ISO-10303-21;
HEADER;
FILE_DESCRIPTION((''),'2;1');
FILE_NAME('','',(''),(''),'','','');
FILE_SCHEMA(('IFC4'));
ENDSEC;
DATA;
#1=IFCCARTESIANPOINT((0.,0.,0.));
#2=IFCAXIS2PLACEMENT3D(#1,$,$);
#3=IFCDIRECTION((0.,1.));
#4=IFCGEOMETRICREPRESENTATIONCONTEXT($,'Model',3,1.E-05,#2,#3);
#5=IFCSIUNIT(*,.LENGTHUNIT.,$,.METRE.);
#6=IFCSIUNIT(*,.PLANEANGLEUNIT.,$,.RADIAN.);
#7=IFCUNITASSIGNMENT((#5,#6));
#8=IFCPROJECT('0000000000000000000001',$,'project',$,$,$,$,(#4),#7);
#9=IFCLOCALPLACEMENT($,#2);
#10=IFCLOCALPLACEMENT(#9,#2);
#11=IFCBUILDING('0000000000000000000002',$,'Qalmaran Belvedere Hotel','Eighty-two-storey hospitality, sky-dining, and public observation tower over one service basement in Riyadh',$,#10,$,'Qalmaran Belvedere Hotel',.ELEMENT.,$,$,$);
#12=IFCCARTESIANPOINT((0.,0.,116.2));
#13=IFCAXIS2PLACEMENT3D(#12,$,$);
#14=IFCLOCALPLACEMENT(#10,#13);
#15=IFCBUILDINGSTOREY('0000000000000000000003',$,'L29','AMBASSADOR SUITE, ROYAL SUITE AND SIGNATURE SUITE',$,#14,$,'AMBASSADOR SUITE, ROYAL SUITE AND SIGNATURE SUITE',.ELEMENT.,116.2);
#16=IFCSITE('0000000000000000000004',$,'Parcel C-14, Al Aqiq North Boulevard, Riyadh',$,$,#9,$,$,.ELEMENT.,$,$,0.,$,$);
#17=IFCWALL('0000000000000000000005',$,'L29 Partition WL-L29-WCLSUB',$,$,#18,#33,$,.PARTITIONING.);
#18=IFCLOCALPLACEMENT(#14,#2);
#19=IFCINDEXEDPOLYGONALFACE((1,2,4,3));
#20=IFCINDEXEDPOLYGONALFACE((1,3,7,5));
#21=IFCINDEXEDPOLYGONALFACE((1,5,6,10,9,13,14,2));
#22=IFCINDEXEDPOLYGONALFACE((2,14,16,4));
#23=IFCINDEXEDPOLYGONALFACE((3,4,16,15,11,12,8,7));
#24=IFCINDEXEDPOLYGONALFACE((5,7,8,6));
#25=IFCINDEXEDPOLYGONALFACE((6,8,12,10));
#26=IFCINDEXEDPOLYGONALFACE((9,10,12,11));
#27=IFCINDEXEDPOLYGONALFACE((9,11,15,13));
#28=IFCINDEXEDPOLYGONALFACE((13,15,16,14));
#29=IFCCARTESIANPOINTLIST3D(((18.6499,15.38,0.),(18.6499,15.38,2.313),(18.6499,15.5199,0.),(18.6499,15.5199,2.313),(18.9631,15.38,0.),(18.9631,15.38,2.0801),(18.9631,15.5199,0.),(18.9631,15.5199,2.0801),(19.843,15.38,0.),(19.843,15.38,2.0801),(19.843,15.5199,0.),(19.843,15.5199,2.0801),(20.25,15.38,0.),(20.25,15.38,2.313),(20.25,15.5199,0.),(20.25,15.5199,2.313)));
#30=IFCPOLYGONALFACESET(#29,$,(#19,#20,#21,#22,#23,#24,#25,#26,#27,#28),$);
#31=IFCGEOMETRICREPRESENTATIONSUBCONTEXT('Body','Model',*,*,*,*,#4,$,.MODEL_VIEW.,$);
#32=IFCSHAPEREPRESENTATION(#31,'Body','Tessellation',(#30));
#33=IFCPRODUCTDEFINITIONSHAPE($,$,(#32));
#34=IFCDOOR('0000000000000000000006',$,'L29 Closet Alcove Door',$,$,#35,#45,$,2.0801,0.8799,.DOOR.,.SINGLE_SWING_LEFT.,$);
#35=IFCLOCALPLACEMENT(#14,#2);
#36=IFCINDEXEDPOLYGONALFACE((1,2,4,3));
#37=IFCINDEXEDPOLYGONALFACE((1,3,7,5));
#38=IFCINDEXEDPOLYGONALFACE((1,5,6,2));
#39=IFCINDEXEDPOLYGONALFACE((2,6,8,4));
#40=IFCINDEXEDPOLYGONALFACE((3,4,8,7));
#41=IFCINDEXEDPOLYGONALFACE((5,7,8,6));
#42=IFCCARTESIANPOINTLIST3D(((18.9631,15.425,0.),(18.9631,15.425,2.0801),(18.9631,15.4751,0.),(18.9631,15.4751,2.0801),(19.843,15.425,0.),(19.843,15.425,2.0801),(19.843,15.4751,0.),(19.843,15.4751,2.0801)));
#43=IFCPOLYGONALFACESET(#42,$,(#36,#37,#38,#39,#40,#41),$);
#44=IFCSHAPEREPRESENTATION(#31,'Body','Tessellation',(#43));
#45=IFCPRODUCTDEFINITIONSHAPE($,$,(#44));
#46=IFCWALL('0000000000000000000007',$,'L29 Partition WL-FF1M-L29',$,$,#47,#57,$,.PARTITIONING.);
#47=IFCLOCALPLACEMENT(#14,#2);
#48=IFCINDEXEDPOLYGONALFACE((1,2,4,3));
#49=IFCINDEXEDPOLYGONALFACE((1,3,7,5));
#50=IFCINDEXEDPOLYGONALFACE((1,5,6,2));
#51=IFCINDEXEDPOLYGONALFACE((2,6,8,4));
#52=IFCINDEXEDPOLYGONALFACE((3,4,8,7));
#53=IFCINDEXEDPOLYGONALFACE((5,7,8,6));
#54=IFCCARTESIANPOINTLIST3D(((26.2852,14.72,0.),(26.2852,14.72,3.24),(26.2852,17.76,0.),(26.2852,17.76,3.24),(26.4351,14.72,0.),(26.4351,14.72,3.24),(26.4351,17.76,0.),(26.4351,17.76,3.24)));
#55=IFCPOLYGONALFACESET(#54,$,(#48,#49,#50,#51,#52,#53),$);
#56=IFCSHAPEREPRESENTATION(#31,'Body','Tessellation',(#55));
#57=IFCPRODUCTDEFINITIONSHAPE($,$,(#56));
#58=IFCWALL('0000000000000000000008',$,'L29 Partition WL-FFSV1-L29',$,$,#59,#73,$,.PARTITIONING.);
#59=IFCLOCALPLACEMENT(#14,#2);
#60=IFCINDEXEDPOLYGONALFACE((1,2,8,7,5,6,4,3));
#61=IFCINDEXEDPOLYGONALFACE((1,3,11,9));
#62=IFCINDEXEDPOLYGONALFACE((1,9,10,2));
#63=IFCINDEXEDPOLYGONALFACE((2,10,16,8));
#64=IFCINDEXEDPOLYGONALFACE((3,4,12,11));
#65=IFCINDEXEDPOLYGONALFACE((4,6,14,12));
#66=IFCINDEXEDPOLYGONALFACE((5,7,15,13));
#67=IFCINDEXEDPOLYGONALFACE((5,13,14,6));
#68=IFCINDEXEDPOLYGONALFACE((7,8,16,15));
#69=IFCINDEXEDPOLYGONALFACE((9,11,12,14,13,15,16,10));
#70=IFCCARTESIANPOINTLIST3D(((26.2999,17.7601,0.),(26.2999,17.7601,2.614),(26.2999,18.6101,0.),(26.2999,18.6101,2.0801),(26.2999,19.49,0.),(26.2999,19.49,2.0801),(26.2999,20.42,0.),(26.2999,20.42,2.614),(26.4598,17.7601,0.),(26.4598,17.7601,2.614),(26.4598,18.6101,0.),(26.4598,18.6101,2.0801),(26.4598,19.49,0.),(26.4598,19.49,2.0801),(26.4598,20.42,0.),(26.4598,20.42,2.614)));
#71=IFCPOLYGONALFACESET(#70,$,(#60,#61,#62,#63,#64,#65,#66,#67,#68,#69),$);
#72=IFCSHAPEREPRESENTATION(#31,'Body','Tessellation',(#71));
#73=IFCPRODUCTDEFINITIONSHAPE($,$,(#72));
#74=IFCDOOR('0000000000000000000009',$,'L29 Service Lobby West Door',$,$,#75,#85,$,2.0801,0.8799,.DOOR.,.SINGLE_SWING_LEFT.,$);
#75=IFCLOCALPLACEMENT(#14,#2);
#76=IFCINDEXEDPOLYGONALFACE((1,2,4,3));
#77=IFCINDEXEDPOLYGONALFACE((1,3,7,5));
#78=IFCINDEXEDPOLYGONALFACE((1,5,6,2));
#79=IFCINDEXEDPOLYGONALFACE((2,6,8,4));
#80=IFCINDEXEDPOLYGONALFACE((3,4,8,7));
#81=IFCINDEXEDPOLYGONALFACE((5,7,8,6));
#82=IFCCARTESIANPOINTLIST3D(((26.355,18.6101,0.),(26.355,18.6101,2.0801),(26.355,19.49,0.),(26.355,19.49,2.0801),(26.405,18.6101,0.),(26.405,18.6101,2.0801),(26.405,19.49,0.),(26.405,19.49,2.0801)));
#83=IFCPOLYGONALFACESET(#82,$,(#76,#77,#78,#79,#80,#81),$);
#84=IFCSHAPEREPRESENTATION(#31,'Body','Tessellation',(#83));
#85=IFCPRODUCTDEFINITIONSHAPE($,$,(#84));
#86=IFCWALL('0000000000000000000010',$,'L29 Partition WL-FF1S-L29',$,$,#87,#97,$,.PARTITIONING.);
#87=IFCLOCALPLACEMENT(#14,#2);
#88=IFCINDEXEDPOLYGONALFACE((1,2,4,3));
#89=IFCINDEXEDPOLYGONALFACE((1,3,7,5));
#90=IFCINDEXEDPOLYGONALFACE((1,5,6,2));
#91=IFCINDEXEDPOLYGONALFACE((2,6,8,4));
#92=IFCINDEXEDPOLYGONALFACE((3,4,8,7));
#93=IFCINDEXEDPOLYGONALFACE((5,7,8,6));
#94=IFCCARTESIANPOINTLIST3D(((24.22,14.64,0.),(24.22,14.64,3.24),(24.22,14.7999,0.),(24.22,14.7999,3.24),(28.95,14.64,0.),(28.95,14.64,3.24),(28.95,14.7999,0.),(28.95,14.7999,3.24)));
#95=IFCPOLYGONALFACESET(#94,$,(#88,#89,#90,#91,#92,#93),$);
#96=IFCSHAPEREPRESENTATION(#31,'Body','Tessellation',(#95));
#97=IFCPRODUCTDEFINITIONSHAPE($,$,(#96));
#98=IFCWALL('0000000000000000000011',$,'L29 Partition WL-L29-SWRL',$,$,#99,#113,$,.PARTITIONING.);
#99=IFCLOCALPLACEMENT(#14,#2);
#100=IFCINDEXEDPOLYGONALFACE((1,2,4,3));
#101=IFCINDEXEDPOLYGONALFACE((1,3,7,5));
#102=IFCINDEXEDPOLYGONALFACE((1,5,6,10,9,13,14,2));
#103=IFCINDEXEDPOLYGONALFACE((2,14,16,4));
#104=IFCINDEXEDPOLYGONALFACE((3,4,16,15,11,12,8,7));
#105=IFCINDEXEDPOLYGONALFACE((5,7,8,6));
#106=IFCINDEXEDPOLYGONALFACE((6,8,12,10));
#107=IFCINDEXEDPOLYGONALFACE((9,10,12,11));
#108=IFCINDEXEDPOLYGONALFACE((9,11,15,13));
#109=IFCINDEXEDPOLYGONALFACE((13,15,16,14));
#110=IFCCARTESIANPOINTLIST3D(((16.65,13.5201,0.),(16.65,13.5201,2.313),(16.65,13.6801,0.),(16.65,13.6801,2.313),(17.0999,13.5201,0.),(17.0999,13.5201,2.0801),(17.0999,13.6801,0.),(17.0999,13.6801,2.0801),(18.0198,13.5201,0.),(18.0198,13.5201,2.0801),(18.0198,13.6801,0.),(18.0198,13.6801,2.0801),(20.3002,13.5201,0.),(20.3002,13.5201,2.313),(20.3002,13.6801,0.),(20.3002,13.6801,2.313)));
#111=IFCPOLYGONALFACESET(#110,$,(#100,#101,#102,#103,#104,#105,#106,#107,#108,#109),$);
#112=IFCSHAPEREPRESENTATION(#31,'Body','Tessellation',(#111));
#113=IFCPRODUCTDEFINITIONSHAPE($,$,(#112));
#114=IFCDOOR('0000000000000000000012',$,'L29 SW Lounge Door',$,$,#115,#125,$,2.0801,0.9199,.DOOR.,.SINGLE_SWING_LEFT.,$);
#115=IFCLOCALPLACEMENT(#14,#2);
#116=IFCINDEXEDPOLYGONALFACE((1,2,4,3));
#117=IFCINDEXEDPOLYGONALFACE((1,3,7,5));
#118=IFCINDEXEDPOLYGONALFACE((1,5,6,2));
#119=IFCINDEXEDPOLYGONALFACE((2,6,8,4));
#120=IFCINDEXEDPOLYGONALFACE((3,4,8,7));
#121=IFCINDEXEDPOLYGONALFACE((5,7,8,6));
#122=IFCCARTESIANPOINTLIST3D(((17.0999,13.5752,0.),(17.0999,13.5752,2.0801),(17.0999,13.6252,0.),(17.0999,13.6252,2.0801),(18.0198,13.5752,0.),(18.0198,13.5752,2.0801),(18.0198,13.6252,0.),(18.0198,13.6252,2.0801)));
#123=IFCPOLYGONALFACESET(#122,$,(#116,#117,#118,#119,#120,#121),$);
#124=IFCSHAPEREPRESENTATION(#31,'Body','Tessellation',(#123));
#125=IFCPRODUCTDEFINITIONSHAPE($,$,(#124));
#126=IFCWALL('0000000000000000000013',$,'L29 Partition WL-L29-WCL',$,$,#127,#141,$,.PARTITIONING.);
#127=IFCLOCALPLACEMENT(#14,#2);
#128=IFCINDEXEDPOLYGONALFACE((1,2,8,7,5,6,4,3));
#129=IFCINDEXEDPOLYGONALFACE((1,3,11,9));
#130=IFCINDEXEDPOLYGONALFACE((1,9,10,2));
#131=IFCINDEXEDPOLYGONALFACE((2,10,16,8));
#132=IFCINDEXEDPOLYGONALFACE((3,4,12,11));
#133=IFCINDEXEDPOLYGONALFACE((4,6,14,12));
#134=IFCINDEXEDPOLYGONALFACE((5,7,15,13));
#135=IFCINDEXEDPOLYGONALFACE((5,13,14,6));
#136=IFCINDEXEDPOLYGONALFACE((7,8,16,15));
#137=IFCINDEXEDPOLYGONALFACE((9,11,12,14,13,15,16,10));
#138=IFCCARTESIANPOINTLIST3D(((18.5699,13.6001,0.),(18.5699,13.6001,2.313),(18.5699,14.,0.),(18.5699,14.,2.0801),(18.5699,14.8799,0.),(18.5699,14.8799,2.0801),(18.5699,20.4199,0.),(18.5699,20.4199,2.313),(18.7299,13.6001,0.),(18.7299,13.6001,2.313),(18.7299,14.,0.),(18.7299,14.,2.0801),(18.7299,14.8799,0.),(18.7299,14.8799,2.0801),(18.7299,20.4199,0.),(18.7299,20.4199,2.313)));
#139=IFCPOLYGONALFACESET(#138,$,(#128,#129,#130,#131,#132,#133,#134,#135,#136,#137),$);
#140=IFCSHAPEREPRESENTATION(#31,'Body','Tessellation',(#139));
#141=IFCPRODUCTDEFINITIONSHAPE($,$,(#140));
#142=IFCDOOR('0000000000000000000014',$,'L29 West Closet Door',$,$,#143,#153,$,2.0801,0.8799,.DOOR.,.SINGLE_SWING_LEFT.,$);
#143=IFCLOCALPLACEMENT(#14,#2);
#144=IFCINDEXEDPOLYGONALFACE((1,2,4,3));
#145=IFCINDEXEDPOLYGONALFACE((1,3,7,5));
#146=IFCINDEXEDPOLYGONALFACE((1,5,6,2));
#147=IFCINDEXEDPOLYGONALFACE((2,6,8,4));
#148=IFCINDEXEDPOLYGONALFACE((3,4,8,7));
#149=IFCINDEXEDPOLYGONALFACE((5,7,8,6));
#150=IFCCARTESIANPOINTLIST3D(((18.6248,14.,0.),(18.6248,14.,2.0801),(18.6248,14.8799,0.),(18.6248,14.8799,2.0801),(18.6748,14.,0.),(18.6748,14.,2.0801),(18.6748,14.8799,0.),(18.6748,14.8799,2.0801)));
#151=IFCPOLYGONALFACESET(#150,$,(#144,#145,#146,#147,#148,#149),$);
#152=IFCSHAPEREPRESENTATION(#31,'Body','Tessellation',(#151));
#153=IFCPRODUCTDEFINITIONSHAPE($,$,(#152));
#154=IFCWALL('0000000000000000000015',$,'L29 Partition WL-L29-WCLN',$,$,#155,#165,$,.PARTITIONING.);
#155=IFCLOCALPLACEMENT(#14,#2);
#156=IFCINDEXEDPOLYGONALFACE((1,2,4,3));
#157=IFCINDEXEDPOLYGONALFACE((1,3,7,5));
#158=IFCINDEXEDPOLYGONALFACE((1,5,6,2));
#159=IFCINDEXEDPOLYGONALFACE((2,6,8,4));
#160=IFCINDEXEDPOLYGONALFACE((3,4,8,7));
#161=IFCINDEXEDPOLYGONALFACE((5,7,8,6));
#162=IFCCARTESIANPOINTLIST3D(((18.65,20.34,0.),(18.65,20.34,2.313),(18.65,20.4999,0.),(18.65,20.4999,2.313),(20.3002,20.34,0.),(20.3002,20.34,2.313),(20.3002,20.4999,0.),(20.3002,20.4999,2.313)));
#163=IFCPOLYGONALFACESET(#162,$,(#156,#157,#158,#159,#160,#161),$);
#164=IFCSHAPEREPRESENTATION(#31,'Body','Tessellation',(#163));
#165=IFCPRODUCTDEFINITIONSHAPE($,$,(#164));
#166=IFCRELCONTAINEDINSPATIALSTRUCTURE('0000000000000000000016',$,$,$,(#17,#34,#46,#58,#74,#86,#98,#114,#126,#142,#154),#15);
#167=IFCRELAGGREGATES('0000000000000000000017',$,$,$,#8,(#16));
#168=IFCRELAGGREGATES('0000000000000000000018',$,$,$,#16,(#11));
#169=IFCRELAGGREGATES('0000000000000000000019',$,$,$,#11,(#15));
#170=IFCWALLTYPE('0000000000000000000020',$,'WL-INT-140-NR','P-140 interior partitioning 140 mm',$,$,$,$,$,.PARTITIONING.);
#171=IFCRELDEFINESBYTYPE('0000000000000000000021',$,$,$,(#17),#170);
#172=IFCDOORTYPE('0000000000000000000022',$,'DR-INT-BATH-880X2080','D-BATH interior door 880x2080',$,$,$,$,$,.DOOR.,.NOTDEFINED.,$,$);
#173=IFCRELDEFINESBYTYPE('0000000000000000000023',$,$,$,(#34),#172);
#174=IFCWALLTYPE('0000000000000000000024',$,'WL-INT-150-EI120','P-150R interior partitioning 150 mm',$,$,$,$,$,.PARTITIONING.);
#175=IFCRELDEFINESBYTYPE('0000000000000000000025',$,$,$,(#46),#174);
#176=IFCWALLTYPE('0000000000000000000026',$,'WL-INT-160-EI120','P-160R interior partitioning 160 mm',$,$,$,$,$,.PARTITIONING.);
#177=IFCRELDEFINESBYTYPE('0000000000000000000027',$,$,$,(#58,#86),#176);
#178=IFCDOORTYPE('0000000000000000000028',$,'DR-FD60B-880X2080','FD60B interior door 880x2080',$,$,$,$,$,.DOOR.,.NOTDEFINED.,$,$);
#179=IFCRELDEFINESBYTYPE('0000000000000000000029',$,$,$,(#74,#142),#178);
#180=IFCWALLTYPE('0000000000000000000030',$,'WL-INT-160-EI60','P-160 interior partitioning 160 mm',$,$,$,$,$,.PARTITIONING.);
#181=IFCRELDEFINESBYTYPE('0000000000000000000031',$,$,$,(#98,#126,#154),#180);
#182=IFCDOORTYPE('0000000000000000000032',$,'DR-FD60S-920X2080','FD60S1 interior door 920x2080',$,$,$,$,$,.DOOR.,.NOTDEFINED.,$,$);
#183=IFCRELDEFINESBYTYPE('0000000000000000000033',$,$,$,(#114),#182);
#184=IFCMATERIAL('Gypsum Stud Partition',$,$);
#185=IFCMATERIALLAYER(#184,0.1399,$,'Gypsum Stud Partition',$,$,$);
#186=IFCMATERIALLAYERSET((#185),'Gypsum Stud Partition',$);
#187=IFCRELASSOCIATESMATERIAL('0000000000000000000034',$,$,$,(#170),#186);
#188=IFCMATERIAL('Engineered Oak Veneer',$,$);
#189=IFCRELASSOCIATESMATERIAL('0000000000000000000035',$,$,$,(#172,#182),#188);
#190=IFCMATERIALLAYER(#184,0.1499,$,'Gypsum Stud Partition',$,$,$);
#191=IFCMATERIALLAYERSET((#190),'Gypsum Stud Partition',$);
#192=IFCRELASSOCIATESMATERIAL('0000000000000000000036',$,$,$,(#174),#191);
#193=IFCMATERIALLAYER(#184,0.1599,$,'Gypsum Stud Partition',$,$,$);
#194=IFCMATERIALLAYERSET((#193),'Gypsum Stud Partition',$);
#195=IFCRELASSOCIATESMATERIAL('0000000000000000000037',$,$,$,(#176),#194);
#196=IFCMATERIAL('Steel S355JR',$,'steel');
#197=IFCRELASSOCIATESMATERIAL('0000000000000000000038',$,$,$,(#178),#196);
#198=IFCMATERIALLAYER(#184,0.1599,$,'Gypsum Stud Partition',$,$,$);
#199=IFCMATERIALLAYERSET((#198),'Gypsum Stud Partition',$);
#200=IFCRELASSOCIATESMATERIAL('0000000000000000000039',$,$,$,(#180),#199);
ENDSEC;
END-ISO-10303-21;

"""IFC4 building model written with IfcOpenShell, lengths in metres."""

from ifc_helpers import new_model, si_unit, direction, frame, frame_2d, origin, place, context, subcontext, project, spatial, rectangle, extrude, material, layer, layer_set, type_object, element, fill, save


model = new_model("IFC4")

# Units and contexts
model_context = context("Model", 3, precision=1e-05, world=origin(), true_north=direction((0.0, 1.0)))
body_context = subcontext(model_context, "Body", "Model", "MODEL_VIEW")
ifc_project = project(units=[si_unit("LENGTHUNIT", "METRE"), si_unit("PLANEANGLEUNIT", "RADIAN")], contexts=[model_context])

# Site, building, storey
site_placement = place(None, origin())
site = spatial("IfcSite", under=ifc_project, at=site_placement, Name="Parcel C-14, Al Aqiq North Boulevard, Riyadh", CompositionType="ELEMENT", RefElevation=0.0)
building_placement = place(site_placement, origin())
building = spatial("IfcBuilding", under=site, at=building_placement, Name="Qalmaran Belvedere Hotel", Description="Eighty-two-storey hospitality, sky-dining, and public observation tower over one service basement in Riyadh", LongName="Qalmaran Belvedere Hotel", CompositionType="ELEMENT")
storey_placement = place(building_placement, frame((0.0, 0.0, 116.2)))
storey = spatial("IfcBuildingStorey", under=building, at=storey_placement, Name="L29", Description="AMBASSADOR SUITE, ROYAL SUITE AND SIGNATURE SUITE", LongName="AMBASSADOR SUITE, ROYAL SUITE AND SIGNATURE SUITE", CompositionType="ELEMENT", Elevation=116.2)

# Wall, opening, door
ifc_material_1 = material(Name="Gypsum Stud Partition")
ifc_layer_1 = layer(ifc_material_1, 0.1399, Name="Gypsum Stud Partition")
ifc_layer_set_1 = layer_set([ifc_layer_1], Name="Gypsum Stud Partition")
wall_type_1 = type_object("IfcWallType", Name="WL-INT-140-NR", Description="P-140 interior partitioning 140 mm", PredefinedType="PARTITIONING", material=ifc_layer_set_1)
wall_1_placement = place(storey_placement, frame((18.6499, 15.45, 0.0), z_axis=(0.0, 0.0, 1.0), x_axis=(1.0, 0.0, 0.0)))
wall_1 = element("IfcWall", 1, at=wall_1_placement, inside=storey, type_object=wall_type_1, Name="L29 Partition WL-L29-WCLSUB", PredefinedType="PARTITIONING", context=body_context, shape_type="SweptSolid", body=[
    extrude(rectangle(XDim=1.6001, YDim=0.1399, at=frame_2d((0.8, 0.0))), origin(), (0.0, 0.0, 1.0), 2.313),
])
opening_1_placement = place(wall_1_placement, frame((1.1931, 0.0, 0.0), z_axis=(0.0, 0.0, 1.0), x_axis=(-1.0, 0.0, 0.0)))
opening_1 = element("IfcOpeningElement", 2, at=opening_1_placement, cuts=wall_1, PredefinedType="OPENING", context=body_context, shape_type="SweptSolid", body=[
    extrude(rectangle(XDim=0.8799, YDim=2.0801, at=frame_2d((0.4399, 1.04))), frame((0.0, 0.0801, 0.0), z_axis=(0.0, -1.0, 0.0), x_axis=(1.0, 0.0, 0.0)), (0.0, 0.0, 1.0), 0.1599),
])
ifc_material_2 = material(Name="Engineered Oak Veneer")
door_type_1 = type_object("IfcDoorType", Name="DR-INT-BATH-880X2080", Description="D-BATH interior door 880x2080", OperationType="NOTDEFINED", PredefinedType="DOOR", material=ifc_material_2)
door_1_placement = place(opening_1_placement, origin())
door_1 = element("IfcDoor", 3, at=door_1_placement, inside=storey, type_object=door_type_1, Name="L29 Closet Alcove Door", OperationType="SINGLE_SWING_LEFT", OverallHeight=2.0801, OverallWidth=0.8799, PredefinedType="DOOR", context=body_context, shape_type="SweptSolid", body=[
    extrude(rectangle(XDim=0.8799, YDim=2.0801, at=frame_2d((0.4399, 1.04))), frame((0.0, 0.0249, 0.0), z_axis=(0.0, -1.0, 0.0), x_axis=(1.0, 0.0, 0.0)), (0.0, 0.0, 1.0), 0.05),
])
fill(opening_1, door_1)

# Wall
ifc_layer_2 = layer(ifc_material_1, 0.1499, Name="Gypsum Stud Partition")
ifc_layer_set_2 = layer_set([ifc_layer_2], Name="Gypsum Stud Partition")
wall_type_2 = type_object("IfcWallType", Name="WL-INT-150-EI120", Description="P-150R interior partitioning 150 mm", PredefinedType="PARTITIONING", material=ifc_layer_set_2)
wall_2_placement = place(storey_placement, frame((26.3601, 14.72, 0.0), z_axis=(0.0, 0.0, 1.0), x_axis=(0.0, 1.0, 0.0)))
element("IfcWall", 4, at=wall_2_placement, inside=storey, type_object=wall_type_2, Name="L29 Partition WL-FF1M-L29", PredefinedType="PARTITIONING", context=body_context, shape_type="SweptSolid", body=[
    extrude(rectangle(XDim=3.04, YDim=0.1499, at=frame_2d((1.52, 0.0))), origin(), (0.0, 0.0, 1.0), 3.24),
])

# Wall, opening, door
ifc_layer_3 = layer(ifc_material_1, 0.1599, Name="Gypsum Stud Partition")
ifc_layer_set_3 = layer_set([ifc_layer_3], Name="Gypsum Stud Partition")
wall_type_3 = type_object("IfcWallType", Name="WL-INT-160-EI120", Description="P-160R interior partitioning 160 mm", PredefinedType="PARTITIONING", material=ifc_layer_set_3)
wall_3_placement = place(storey_placement, frame((26.3799, 17.76, 0.0), z_axis=(0.0, 0.0, 1.0), x_axis=(0.0, 1.0, 0.0)))
wall_3 = element("IfcWall", 5, at=wall_3_placement, inside=storey, type_object=wall_type_3, Name="L29 Partition WL-FFSV1-L29", PredefinedType="PARTITIONING", context=body_context, shape_type="SweptSolid", body=[
    extrude(rectangle(XDim=2.6599, YDim=0.1599, at=frame_2d((1.3301, 0.0))), origin(), (0.0, 0.0, 1.0), 2.614),
])
opening_2_placement = place(wall_3_placement, frame((0.8501, 0.0, 0.0)))
opening_2 = element("IfcOpeningElement", 6, at=opening_2_placement, cuts=wall_3, PredefinedType="OPENING", context=body_context, shape_type="SweptSolid", body=[
    extrude(rectangle(XDim=0.8799, YDim=2.0801, at=frame_2d((0.4399, 1.04))), frame((0.0, 0.0898, 0.0), z_axis=(0.0, -1.0, 0.0), x_axis=(1.0, 0.0, 0.0)), (0.0, 0.0, 1.0), 0.1799),
])
ifc_material_3 = material(Name="Steel S355JR", Category="steel")
door_type_2 = type_object("IfcDoorType", Name="DR-FD60B-880X2080", Description="FD60B interior door 880x2080", OperationType="NOTDEFINED", PredefinedType="DOOR", material=ifc_material_3)
door_2_placement = place(opening_2_placement, origin())
door_2 = element("IfcDoor", 7, at=door_2_placement, inside=storey, type_object=door_type_2, Name="L29 Service Lobby West Door", OperationType="SINGLE_SWING_LEFT", OverallHeight=2.0801, OverallWidth=0.8799, PredefinedType="DOOR", context=body_context, shape_type="SweptSolid", body=[
    extrude(rectangle(XDim=0.8799, YDim=2.0801, at=frame_2d((0.4399, 1.04))), frame((0.0, 0.0249, 0.0), z_axis=(0.0, -1.0, 0.0), x_axis=(1.0, 0.0, 0.0)), (0.0, 0.0, 1.0), 0.05),
])
fill(opening_2, door_2)

# Wall
wall_4_placement = place(storey_placement, frame((24.22, 14.72, 0.0), z_axis=(0.0, 0.0, 1.0), x_axis=(1.0, 0.0, 0.0)))
element("IfcWall", 8, at=wall_4_placement, inside=storey, type_object=wall_type_3, Name="L29 Partition WL-FF1S-L29", PredefinedType="PARTITIONING", context=body_context, shape_type="SweptSolid", body=[
    extrude(rectangle(XDim=4.73, YDim=0.1599, at=frame_2d((2.365, 0.0))), origin(), (0.0, 0.0, 1.0), 3.24),
])

# Walls, openings, doors
ifc_layer_4 = layer(ifc_material_1, 0.1599, Name="Gypsum Stud Partition")
ifc_layer_set_4 = layer_set([ifc_layer_4], Name="Gypsum Stud Partition")
wall_type_4 = type_object("IfcWallType", Name="WL-INT-160-EI60", Description="P-160 interior partitioning 160 mm", PredefinedType="PARTITIONING", material=ifc_layer_set_4)
wall_5_placement = place(storey_placement, frame((16.6499, 13.6001, 0.0), z_axis=(0.0, 0.0, 1.0), x_axis=(1.0, 0.0, 0.0)))
wall_5 = element("IfcWall", 9, at=wall_5_placement, inside=storey, type_object=wall_type_4, Name="L29 Partition WL-L29-SWRL", PredefinedType="PARTITIONING", context=body_context, shape_type="SweptSolid", body=[
    extrude(rectangle(XDim=3.6501, YDim=0.1599, at=frame_2d((1.8252, 0.0))), origin(), (0.0, 0.0, 1.0), 2.313),
])
opening_3_placement = place(wall_5_placement, frame((1.3699, 0.0, 0.0), z_axis=(0.0, 0.0, 1.0), x_axis=(-1.0, 0.0, 0.0)))
opening_3 = element("IfcOpeningElement", 10, at=opening_3_placement, cuts=wall_5, PredefinedType="OPENING", context=body_context, shape_type="SweptSolid", body=[
    extrude(rectangle(XDim=0.9199, YDim=2.0801, at=frame_2d((0.46, 1.04))), frame((0.0, 0.0898, 0.0), z_axis=(0.0, -1.0, 0.0), x_axis=(1.0, 0.0, 0.0)), (0.0, 0.0, 1.0), 0.1799),
])
door_type_3 = type_object("IfcDoorType", Name="DR-FD60S-920X2080", Description="FD60S1 interior door 920x2080", OperationType="NOTDEFINED", PredefinedType="DOOR", material=ifc_material_2)
door_3_placement = place(opening_3_placement, origin())
door_3 = element("IfcDoor", 11, at=door_3_placement, inside=storey, type_object=door_type_3, Name="L29 SW Lounge Door", OperationType="SINGLE_SWING_LEFT", OverallHeight=2.0801, OverallWidth=0.9199, PredefinedType="DOOR", context=body_context, shape_type="SweptSolid", body=[
    extrude(rectangle(XDim=0.9199, YDim=2.0801, at=frame_2d((0.46, 1.04))), frame((0.0, 0.0249, 0.0), z_axis=(0.0, -1.0, 0.0), x_axis=(1.0, 0.0, 0.0)), (0.0, 0.0, 1.0), 0.05),
])
fill(opening_3, door_3)
wall_6_placement = place(storey_placement, frame((18.6499, 13.6001, 0.0), z_axis=(0.0, 0.0, 1.0), x_axis=(0.0, 1.0, 0.0)))
wall_6 = element("IfcWall", 12, at=wall_6_placement, inside=storey, type_object=wall_type_4, Name="L29 Partition WL-L29-WCL", PredefinedType="PARTITIONING", context=body_context, shape_type="SweptSolid", body=[
    extrude(rectangle(XDim=6.8198, YDim=0.1599, at=frame_2d((3.4099, 0.0))), origin(), (0.0, 0.0, 1.0), 2.313),
])
opening_4_placement = place(wall_6_placement, frame((1.2798, 0.0, 0.0), z_axis=(0.0, 0.0, 1.0), x_axis=(-1.0, 0.0, 0.0)))
opening_4 = element("IfcOpeningElement", 13, at=opening_4_placement, cuts=wall_6, PredefinedType="OPENING", context=body_context, shape_type="SweptSolid", body=[
    extrude(rectangle(XDim=0.8799, YDim=2.0801, at=frame_2d((0.4399, 1.04))), frame((0.0, 0.0898, 0.0), z_axis=(0.0, -1.0, 0.0), x_axis=(1.0, 0.0, 0.0)), (0.0, 0.0, 1.0), 0.1799),
])
door_4_placement = place(opening_4_placement, origin())
door_4 = element("IfcDoor", 14, at=door_4_placement, inside=storey, type_object=door_type_2, Name="L29 West Closet Door", OperationType="SINGLE_SWING_LEFT", OverallHeight=2.0801, OverallWidth=0.8799, PredefinedType="DOOR", context=body_context, shape_type="SweptSolid", body=[
    extrude(rectangle(XDim=0.8799, YDim=2.0801, at=frame_2d((0.4399, 1.04))), frame((0.0, 0.0249, 0.0), z_axis=(0.0, -1.0, 0.0), x_axis=(1.0, 0.0, 0.0)), (0.0, 0.0, 1.0), 0.05),
])
fill(opening_4, door_4)

# Wall
wall_7_placement = place(storey_placement, frame((18.6499, 20.4199, 0.0), z_axis=(0.0, 0.0, 1.0), x_axis=(1.0, 0.0, 0.0)))
element("IfcWall", 15, at=wall_7_placement, inside=storey, type_object=wall_type_4, Name="L29 Partition WL-L29-WCLN", PredefinedType="PARTITIONING", context=body_context, shape_type="SweptSolid", body=[
    extrude(rectangle(XDim=1.6501, YDim=0.1599, at=frame_2d((0.8252, 0.0))), origin(), (0.0, 0.0, 1.0), 2.313),
])

save(model, "model.ifc")
